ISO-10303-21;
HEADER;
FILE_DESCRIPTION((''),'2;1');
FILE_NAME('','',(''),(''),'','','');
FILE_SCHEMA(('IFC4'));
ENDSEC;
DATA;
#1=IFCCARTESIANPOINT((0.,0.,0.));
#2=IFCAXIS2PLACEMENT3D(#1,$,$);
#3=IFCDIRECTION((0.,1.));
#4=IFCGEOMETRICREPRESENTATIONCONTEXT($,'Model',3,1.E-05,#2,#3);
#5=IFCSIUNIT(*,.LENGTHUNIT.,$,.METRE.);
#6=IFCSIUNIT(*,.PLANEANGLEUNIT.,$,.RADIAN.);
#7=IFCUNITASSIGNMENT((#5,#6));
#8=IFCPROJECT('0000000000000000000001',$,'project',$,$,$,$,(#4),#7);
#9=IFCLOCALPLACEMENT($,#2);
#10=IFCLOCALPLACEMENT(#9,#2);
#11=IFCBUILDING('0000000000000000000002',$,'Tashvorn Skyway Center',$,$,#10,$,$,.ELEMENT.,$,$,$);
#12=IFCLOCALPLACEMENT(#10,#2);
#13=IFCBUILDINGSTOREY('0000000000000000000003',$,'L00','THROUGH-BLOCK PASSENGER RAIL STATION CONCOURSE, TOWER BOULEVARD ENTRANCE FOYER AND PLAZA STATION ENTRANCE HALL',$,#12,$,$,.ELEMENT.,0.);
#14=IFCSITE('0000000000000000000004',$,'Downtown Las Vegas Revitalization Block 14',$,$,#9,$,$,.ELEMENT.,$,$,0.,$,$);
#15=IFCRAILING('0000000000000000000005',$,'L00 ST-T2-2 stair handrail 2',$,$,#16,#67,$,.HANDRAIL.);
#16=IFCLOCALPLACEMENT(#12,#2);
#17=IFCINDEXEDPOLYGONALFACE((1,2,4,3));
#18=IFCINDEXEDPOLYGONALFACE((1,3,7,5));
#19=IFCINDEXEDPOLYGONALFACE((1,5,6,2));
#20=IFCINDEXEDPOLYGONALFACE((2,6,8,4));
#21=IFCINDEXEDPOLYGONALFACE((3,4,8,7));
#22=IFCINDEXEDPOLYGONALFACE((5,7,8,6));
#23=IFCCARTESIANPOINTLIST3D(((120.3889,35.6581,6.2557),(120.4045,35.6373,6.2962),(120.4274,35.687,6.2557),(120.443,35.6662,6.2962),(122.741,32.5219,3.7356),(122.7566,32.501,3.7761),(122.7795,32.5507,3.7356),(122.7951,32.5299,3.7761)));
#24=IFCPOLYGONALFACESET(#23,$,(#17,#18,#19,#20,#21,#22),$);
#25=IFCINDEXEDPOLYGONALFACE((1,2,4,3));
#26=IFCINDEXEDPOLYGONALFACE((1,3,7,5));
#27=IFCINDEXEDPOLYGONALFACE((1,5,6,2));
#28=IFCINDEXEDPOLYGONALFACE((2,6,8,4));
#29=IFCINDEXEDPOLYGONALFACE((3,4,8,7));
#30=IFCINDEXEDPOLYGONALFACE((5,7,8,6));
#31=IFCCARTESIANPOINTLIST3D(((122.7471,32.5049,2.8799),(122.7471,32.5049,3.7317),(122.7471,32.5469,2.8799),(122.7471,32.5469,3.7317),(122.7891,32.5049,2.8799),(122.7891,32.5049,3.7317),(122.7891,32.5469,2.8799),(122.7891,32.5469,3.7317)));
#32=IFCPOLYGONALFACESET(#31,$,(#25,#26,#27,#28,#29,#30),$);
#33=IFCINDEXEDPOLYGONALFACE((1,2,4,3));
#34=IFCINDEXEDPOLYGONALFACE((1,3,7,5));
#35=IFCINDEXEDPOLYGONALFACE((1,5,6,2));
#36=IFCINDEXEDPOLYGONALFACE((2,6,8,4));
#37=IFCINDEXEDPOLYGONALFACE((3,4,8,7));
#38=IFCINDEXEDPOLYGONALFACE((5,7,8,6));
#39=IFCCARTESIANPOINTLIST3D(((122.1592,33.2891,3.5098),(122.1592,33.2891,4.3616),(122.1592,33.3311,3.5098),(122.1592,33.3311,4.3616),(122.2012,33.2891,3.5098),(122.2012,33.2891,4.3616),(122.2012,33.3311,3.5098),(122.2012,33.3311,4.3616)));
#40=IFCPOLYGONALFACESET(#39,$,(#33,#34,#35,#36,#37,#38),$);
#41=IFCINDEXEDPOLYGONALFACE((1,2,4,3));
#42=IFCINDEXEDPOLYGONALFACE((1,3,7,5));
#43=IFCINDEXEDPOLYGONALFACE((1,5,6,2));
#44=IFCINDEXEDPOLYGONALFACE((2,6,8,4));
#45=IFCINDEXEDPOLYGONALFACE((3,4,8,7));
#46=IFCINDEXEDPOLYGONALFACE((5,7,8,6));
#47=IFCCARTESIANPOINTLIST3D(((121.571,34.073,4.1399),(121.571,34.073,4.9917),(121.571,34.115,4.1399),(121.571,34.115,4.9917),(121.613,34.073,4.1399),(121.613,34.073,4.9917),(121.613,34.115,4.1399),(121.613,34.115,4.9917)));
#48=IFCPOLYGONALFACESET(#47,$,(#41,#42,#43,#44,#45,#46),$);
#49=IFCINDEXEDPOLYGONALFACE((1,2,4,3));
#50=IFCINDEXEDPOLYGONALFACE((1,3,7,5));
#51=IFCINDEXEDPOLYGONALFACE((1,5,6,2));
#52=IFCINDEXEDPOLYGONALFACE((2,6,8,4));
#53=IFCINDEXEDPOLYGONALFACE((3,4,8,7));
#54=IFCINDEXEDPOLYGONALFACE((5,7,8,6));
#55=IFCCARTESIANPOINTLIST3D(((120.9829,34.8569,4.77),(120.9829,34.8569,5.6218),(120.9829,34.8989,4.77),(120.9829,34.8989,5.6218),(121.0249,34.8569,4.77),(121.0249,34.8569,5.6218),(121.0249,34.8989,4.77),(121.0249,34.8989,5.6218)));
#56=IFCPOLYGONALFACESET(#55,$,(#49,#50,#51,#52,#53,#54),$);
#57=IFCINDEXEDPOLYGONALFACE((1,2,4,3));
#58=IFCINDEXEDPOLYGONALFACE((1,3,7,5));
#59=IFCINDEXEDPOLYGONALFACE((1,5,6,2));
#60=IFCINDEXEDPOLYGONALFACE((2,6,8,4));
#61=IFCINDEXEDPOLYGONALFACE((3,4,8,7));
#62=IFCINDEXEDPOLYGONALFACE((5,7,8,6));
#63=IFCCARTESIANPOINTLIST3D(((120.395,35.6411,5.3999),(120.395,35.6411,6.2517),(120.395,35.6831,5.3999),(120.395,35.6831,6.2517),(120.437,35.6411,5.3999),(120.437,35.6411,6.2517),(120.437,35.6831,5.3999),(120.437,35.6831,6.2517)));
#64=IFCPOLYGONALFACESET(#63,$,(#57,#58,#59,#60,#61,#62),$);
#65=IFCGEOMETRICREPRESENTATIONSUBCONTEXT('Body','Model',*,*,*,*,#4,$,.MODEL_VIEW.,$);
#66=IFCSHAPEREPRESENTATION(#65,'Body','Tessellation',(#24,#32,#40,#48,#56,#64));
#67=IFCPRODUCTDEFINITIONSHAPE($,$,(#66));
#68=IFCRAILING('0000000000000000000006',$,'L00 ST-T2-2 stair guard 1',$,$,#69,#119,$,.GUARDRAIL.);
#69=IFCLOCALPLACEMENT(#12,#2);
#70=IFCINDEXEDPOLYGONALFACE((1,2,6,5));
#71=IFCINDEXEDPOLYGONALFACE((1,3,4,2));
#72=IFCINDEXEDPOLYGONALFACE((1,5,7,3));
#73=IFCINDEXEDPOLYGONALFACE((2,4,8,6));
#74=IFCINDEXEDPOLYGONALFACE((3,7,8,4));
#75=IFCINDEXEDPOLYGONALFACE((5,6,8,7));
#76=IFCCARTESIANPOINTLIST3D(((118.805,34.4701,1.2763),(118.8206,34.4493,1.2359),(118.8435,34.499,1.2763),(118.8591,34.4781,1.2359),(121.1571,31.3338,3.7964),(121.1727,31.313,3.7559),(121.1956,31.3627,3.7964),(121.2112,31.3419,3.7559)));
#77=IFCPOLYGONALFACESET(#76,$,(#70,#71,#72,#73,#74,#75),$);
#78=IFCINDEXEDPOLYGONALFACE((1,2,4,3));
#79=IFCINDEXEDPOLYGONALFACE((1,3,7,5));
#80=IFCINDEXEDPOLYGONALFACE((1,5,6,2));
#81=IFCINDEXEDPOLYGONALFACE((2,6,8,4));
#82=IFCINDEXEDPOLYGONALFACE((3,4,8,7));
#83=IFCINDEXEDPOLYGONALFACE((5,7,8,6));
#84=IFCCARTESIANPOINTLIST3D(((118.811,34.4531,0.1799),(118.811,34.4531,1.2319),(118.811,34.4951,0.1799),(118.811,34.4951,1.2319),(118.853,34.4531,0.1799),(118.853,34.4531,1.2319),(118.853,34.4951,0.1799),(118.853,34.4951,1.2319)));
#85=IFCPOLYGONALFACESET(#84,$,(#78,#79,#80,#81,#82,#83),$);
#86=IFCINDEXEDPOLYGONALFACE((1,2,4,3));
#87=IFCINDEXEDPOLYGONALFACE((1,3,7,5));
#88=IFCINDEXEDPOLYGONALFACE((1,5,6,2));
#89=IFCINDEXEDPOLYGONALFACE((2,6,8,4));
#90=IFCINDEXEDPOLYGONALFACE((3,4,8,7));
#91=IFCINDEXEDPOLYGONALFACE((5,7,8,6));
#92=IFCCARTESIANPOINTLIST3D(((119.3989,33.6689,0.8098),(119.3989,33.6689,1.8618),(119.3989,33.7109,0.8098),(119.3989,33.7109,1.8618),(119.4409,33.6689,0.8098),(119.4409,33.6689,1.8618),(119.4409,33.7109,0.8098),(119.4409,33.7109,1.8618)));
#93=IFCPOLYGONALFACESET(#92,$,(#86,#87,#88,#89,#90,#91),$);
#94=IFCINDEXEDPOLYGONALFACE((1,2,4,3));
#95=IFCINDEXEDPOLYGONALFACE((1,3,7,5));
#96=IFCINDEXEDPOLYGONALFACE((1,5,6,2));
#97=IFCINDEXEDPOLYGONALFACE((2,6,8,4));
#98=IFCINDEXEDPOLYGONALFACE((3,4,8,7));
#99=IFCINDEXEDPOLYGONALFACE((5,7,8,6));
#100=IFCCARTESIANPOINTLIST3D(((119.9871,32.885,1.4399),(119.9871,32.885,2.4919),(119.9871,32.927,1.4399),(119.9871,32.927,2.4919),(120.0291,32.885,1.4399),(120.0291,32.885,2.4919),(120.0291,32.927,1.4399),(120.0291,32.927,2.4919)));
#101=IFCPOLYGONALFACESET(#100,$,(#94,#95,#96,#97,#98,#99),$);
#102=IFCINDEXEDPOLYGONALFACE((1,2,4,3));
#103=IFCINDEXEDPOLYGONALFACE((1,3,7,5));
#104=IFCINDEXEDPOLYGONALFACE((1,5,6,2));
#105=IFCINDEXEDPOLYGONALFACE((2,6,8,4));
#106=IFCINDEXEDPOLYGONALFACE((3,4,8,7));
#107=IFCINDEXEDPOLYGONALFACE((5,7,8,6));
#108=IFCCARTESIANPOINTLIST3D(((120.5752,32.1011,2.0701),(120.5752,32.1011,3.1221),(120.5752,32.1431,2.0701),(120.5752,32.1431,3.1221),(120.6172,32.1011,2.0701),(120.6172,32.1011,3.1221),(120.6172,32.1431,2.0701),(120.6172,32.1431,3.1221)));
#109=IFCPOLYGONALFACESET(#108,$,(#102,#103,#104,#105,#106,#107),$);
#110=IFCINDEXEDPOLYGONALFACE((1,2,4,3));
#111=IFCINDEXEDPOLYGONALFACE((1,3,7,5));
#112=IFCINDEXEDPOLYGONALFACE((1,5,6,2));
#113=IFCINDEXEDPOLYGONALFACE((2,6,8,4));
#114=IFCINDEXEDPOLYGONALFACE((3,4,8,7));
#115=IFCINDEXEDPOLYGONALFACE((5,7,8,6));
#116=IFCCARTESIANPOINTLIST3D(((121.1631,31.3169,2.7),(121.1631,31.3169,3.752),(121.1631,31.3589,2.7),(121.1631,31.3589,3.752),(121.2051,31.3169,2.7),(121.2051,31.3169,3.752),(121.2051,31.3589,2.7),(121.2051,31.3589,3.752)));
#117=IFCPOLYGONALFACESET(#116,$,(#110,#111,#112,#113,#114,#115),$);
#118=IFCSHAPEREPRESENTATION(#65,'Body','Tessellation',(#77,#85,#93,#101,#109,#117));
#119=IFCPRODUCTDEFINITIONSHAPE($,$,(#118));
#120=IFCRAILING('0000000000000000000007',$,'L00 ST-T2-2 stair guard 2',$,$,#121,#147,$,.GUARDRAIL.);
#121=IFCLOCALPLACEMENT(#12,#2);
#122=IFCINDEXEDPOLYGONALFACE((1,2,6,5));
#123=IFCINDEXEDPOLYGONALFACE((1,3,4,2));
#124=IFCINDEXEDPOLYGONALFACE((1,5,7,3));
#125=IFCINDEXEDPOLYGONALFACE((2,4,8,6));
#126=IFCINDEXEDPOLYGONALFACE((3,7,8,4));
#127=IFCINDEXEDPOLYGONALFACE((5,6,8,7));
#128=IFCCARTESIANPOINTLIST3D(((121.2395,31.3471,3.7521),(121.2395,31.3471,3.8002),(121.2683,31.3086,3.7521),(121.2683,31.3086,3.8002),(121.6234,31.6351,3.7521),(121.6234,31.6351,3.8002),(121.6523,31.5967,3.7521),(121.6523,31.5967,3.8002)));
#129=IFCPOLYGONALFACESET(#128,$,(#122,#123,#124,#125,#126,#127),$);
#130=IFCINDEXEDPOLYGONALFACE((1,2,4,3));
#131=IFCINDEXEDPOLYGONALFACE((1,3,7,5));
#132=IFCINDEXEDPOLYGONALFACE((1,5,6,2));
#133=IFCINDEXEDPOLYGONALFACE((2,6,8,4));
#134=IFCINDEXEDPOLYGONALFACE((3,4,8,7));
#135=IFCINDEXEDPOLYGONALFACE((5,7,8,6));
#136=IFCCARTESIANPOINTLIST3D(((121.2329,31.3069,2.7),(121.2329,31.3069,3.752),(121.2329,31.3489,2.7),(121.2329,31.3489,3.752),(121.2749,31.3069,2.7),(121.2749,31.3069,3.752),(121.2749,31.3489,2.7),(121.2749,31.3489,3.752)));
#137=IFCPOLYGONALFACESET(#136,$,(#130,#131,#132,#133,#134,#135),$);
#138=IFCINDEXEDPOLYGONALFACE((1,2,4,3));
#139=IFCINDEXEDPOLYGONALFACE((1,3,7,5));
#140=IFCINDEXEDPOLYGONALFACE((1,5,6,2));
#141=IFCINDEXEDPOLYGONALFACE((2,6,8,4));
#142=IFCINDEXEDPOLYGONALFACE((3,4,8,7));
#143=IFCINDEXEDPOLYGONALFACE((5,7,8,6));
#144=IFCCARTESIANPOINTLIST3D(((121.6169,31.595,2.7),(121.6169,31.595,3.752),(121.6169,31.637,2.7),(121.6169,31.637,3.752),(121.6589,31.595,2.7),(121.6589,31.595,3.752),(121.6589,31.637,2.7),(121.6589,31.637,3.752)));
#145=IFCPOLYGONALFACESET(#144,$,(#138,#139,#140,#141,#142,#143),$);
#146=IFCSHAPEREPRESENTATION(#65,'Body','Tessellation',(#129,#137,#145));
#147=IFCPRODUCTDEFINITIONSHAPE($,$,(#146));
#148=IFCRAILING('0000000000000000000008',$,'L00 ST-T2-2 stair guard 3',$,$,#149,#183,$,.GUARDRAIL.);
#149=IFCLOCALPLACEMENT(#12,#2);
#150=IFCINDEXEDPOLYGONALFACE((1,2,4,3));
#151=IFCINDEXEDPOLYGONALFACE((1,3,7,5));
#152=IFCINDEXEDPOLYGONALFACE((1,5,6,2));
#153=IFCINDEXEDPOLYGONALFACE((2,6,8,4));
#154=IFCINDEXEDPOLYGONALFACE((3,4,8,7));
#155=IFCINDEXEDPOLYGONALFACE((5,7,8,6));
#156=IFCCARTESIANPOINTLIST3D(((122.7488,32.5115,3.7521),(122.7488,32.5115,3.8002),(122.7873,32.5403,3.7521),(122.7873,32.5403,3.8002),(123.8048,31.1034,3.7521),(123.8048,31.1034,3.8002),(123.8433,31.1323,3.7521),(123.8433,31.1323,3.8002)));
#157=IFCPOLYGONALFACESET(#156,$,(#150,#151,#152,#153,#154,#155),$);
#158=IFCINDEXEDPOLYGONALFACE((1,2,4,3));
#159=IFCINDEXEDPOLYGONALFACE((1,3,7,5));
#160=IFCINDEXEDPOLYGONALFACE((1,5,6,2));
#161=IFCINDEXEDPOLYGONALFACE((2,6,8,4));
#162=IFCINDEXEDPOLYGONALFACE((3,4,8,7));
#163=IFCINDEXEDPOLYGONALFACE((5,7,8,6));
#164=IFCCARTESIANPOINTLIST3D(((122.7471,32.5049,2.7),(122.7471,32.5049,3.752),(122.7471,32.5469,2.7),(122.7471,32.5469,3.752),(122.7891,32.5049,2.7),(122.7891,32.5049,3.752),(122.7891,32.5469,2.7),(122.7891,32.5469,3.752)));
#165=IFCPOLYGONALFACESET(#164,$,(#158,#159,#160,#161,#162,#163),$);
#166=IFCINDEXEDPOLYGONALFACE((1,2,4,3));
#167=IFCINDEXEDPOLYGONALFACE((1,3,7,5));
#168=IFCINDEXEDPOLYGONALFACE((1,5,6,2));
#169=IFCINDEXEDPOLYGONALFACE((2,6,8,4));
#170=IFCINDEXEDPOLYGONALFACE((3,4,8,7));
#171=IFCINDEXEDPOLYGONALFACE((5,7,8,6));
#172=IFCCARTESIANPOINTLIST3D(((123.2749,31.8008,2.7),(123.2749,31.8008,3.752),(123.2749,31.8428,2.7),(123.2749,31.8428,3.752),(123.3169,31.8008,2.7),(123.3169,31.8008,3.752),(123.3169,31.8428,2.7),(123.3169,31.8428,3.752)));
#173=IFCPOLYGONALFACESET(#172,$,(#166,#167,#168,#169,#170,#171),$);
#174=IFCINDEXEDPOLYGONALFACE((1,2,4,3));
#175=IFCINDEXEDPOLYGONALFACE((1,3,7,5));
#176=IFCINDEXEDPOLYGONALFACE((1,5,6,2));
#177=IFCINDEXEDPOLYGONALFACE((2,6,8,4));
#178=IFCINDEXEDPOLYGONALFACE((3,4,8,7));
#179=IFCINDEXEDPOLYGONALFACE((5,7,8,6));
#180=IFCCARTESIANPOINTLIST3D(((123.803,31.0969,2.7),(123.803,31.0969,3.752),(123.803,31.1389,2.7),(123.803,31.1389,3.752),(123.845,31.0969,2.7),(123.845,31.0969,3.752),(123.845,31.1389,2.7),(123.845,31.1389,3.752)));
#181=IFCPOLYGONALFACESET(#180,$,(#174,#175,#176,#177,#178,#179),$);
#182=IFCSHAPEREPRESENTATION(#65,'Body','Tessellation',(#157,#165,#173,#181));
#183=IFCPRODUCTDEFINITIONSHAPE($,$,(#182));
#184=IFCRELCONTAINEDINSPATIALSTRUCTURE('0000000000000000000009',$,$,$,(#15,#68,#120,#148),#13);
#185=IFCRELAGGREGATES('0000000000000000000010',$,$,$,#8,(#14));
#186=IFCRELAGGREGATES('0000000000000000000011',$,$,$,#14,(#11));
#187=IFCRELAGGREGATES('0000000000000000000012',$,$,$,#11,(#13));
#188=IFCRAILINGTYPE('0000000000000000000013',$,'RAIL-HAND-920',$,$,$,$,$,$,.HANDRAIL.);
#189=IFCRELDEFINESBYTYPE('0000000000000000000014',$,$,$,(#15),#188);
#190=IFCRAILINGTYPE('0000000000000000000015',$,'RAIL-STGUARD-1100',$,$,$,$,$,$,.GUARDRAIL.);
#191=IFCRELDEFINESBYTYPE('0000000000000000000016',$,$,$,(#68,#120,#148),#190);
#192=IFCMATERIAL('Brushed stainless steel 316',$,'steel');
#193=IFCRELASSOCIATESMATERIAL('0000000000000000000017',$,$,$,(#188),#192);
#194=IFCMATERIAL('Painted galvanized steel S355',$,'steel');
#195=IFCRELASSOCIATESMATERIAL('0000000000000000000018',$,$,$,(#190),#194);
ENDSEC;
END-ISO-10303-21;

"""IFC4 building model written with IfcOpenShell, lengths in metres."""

from ifc_helpers import new_model, si_unit, direction, frame, origin, origin_2d, place, context, subcontext, project, spatial, rectangle, extrude, material, type_object, element, save


model = new_model("IFC4")

# Units and contexts
model_context = context("Model", 3, precision=1e-05, world=origin(), true_north=direction((0.0, 1.0)))
body_context = subcontext(model_context, "Body", "Model", "MODEL_VIEW")
ifc_project = project(units=[si_unit("LENGTHUNIT", "METRE"), si_unit("PLANEANGLEUNIT", "RADIAN")], contexts=[model_context])

# Site, building, storey
site_placement = place(None, origin())
site = spatial("IfcSite", under=ifc_project, at=site_placement, Name="Downtown Las Vegas Revitalization Block 14", CompositionType="ELEMENT", RefElevation=0.0)
building_placement = place(site_placement, origin())
building = spatial("IfcBuilding", under=site, at=building_placement, Name="Tashvorn Skyway Center", CompositionType="ELEMENT")
storey_placement = place(building_placement, origin())
storey = spatial("IfcBuildingStorey", under=building, at=storey_placement, Name="L00", Description="THROUGH-BLOCK PASSENGER RAIL STATION CONCOURSE, TOWER BOULEVARD ENTRANCE FOYER AND PLAZA STATION ENTRANCE HALL", CompositionType="ELEMENT", Elevation=0.0)

# Railings
ifc_material_1 = material(Name="Brushed stainless steel 316", Category="steel")
railing_type_1 = type_object("IfcRailingType", Name="RAIL-HAND-920", PredefinedType="HANDRAIL", material=ifc_material_1)
railing_1_placement = place(storey_placement, frame((122.7681, 32.5259, 2.8799)))
element("IfcRailing", 1, at=railing_1_placement, inside=storey, type_object=railing_type_1, Name="L00 ST-T2-2 stair handrail 2", PredefinedType="HANDRAIL", context=body_context, shape_type="SweptSolid", body=[
    extrude(rectangle(XDim=0.0481, YDim=0.0481, at=origin_2d()), frame((0.0, 0.0, 0.876), z_axis=(-0.504697, 0.672965, 0.54074), x_axis=(-0.800015, -0.59998, 0.0)), (0.0, 0.0, 1.0), 4.6604),
    extrude(rectangle(XDim=0.042, YDim=0.042, at=origin_2d()), origin(), (0.0, 0.0, 1.0), 0.8518),
    extrude(rectangle(XDim=0.042, YDim=0.042, at=origin_2d()), frame((-0.5879, 0.7842, 0.6299)), (0.0, 0.0, 1.0), 0.8518),
    extrude(rectangle(XDim=0.042, YDim=0.042, at=origin_2d()), frame((-1.176, 1.5681, 1.26)), (0.0, 0.0, 1.0), 0.8518),
    extrude(rectangle(XDim=0.042, YDim=0.042, at=origin_2d()), frame((-1.7642, 2.3521, 1.8901)), (0.0, 0.0, 1.0), 0.8518),
    extrude(rectangle(XDim=0.042, YDim=0.042, at=origin_2d()), frame((-2.3521, 3.1362, 2.52)), (0.0, 0.0, 1.0), 0.8518),
])
ifc_material_2 = material(Name="Painted galvanized steel S355", Category="steel")
railing_type_2 = type_object("IfcRailingType", Name="RAIL-STGUARD-1100", PredefinedType="GUARDRAIL", material=ifc_material_2)
railing_2_placement = place(storey_placement, frame((118.832, 34.4741, 0.1799)))
element("IfcRailing", 2, at=railing_2_placement, inside=storey, type_object=railing_type_2, Name="L00 ST-T2-2 stair guard 1", PredefinedType="GUARDRAIL", context=body_context, shape_type="SweptSolid", body=[
    extrude(rectangle(XDim=0.0481, YDim=0.0481, at=origin_2d()), frame((0.0, 0.0, 1.0762), z_axis=(0.504697, -0.672965, 0.54074), x_axis=(0.800015, 0.59998, 0.0)), (0.0, 0.0, 1.0), 4.6604),
    extrude(rectangle(XDim=0.042, YDim=0.042, at=origin_2d()), origin(), (0.0, 0.0, 1.0), 1.052),
    extrude(rectangle(XDim=0.042, YDim=0.042, at=origin_2d()), frame((0.5879, -0.7842, 0.6299)), (0.0, 0.0, 1.0), 1.052),
    extrude(rectangle(XDim=0.042, YDim=0.042, at=origin_2d()), frame((1.176, -1.5681, 1.26)), (0.0, 0.0, 1.0), 1.052),
    extrude(rectangle(XDim=0.042, YDim=0.042, at=origin_2d()), frame((1.7642, -2.3521, 1.8901)), (0.0, 0.0, 1.0), 1.052),
    extrude(rectangle(XDim=0.042, YDim=0.042, at=origin_2d()), frame((2.3521, -3.1362, 2.52)), (0.0, 0.0, 1.0), 1.052),
])
railing_3_placement = place(storey_placement, frame((121.2539, 31.3279, 2.7)))
element("IfcRailing", 3, at=railing_3_placement, inside=storey, type_object=railing_type_2, Name="L00 ST-T2-2 stair guard 2", PredefinedType="GUARDRAIL", context=body_context, shape_type="SweptSolid", body=[
    extrude(rectangle(XDim=0.0481, YDim=0.0481, at=origin_2d()), frame((0.0, 0.0, 1.0762), z_axis=(0.799939, 0.600081, 0.0), x_axis=(-0.600081, 0.799939, 0.0)), (0.0, 0.0, 1.0), 0.48),
    extrude(rectangle(XDim=0.042, YDim=0.042, at=origin_2d()), origin(), (0.0, 0.0, 1.0), 1.052),
    extrude(rectangle(XDim=0.042, YDim=0.042, at=origin_2d()), frame((0.384, 0.2881, 0.0)), (0.0, 0.0, 1.0), 1.052),
])
railing_4_placement = place(storey_placement, frame((122.7681, 32.5259, 2.7)))
element("IfcRailing", 4, at=railing_4_placement, inside=storey, type_object=railing_type_2, Name="L00 ST-T2-2 stair guard 3", PredefinedType="GUARDRAIL", context=body_context, shape_type="SweptSolid", body=[
    extrude(rectangle(XDim=0.0481, YDim=0.0481, at=origin_2d()), frame((0.0, 0.0, 1.0762), z_axis=(0.599978, -0.800017, 0.0), x_axis=(0.800017, 0.599978, 0.0)), (0.0, 0.0, 1.0), 1.76),
    extrude(rectangle(XDim=0.042, YDim=0.042, at=origin_2d()), origin(), (0.0, 0.0, 1.0), 1.052),
    extrude(rectangle(XDim=0.042, YDim=0.042, at=origin_2d()), frame((0.5278, -0.7041, 0.0)), (0.0, 0.0, 1.0), 1.052),
    extrude(rectangle(XDim=0.042, YDim=0.042, at=origin_2d()), frame((1.0559, -1.408, 0.0)), (0.0, 0.0, 1.0), 1.052),
])

save(model, "model.ifc")
